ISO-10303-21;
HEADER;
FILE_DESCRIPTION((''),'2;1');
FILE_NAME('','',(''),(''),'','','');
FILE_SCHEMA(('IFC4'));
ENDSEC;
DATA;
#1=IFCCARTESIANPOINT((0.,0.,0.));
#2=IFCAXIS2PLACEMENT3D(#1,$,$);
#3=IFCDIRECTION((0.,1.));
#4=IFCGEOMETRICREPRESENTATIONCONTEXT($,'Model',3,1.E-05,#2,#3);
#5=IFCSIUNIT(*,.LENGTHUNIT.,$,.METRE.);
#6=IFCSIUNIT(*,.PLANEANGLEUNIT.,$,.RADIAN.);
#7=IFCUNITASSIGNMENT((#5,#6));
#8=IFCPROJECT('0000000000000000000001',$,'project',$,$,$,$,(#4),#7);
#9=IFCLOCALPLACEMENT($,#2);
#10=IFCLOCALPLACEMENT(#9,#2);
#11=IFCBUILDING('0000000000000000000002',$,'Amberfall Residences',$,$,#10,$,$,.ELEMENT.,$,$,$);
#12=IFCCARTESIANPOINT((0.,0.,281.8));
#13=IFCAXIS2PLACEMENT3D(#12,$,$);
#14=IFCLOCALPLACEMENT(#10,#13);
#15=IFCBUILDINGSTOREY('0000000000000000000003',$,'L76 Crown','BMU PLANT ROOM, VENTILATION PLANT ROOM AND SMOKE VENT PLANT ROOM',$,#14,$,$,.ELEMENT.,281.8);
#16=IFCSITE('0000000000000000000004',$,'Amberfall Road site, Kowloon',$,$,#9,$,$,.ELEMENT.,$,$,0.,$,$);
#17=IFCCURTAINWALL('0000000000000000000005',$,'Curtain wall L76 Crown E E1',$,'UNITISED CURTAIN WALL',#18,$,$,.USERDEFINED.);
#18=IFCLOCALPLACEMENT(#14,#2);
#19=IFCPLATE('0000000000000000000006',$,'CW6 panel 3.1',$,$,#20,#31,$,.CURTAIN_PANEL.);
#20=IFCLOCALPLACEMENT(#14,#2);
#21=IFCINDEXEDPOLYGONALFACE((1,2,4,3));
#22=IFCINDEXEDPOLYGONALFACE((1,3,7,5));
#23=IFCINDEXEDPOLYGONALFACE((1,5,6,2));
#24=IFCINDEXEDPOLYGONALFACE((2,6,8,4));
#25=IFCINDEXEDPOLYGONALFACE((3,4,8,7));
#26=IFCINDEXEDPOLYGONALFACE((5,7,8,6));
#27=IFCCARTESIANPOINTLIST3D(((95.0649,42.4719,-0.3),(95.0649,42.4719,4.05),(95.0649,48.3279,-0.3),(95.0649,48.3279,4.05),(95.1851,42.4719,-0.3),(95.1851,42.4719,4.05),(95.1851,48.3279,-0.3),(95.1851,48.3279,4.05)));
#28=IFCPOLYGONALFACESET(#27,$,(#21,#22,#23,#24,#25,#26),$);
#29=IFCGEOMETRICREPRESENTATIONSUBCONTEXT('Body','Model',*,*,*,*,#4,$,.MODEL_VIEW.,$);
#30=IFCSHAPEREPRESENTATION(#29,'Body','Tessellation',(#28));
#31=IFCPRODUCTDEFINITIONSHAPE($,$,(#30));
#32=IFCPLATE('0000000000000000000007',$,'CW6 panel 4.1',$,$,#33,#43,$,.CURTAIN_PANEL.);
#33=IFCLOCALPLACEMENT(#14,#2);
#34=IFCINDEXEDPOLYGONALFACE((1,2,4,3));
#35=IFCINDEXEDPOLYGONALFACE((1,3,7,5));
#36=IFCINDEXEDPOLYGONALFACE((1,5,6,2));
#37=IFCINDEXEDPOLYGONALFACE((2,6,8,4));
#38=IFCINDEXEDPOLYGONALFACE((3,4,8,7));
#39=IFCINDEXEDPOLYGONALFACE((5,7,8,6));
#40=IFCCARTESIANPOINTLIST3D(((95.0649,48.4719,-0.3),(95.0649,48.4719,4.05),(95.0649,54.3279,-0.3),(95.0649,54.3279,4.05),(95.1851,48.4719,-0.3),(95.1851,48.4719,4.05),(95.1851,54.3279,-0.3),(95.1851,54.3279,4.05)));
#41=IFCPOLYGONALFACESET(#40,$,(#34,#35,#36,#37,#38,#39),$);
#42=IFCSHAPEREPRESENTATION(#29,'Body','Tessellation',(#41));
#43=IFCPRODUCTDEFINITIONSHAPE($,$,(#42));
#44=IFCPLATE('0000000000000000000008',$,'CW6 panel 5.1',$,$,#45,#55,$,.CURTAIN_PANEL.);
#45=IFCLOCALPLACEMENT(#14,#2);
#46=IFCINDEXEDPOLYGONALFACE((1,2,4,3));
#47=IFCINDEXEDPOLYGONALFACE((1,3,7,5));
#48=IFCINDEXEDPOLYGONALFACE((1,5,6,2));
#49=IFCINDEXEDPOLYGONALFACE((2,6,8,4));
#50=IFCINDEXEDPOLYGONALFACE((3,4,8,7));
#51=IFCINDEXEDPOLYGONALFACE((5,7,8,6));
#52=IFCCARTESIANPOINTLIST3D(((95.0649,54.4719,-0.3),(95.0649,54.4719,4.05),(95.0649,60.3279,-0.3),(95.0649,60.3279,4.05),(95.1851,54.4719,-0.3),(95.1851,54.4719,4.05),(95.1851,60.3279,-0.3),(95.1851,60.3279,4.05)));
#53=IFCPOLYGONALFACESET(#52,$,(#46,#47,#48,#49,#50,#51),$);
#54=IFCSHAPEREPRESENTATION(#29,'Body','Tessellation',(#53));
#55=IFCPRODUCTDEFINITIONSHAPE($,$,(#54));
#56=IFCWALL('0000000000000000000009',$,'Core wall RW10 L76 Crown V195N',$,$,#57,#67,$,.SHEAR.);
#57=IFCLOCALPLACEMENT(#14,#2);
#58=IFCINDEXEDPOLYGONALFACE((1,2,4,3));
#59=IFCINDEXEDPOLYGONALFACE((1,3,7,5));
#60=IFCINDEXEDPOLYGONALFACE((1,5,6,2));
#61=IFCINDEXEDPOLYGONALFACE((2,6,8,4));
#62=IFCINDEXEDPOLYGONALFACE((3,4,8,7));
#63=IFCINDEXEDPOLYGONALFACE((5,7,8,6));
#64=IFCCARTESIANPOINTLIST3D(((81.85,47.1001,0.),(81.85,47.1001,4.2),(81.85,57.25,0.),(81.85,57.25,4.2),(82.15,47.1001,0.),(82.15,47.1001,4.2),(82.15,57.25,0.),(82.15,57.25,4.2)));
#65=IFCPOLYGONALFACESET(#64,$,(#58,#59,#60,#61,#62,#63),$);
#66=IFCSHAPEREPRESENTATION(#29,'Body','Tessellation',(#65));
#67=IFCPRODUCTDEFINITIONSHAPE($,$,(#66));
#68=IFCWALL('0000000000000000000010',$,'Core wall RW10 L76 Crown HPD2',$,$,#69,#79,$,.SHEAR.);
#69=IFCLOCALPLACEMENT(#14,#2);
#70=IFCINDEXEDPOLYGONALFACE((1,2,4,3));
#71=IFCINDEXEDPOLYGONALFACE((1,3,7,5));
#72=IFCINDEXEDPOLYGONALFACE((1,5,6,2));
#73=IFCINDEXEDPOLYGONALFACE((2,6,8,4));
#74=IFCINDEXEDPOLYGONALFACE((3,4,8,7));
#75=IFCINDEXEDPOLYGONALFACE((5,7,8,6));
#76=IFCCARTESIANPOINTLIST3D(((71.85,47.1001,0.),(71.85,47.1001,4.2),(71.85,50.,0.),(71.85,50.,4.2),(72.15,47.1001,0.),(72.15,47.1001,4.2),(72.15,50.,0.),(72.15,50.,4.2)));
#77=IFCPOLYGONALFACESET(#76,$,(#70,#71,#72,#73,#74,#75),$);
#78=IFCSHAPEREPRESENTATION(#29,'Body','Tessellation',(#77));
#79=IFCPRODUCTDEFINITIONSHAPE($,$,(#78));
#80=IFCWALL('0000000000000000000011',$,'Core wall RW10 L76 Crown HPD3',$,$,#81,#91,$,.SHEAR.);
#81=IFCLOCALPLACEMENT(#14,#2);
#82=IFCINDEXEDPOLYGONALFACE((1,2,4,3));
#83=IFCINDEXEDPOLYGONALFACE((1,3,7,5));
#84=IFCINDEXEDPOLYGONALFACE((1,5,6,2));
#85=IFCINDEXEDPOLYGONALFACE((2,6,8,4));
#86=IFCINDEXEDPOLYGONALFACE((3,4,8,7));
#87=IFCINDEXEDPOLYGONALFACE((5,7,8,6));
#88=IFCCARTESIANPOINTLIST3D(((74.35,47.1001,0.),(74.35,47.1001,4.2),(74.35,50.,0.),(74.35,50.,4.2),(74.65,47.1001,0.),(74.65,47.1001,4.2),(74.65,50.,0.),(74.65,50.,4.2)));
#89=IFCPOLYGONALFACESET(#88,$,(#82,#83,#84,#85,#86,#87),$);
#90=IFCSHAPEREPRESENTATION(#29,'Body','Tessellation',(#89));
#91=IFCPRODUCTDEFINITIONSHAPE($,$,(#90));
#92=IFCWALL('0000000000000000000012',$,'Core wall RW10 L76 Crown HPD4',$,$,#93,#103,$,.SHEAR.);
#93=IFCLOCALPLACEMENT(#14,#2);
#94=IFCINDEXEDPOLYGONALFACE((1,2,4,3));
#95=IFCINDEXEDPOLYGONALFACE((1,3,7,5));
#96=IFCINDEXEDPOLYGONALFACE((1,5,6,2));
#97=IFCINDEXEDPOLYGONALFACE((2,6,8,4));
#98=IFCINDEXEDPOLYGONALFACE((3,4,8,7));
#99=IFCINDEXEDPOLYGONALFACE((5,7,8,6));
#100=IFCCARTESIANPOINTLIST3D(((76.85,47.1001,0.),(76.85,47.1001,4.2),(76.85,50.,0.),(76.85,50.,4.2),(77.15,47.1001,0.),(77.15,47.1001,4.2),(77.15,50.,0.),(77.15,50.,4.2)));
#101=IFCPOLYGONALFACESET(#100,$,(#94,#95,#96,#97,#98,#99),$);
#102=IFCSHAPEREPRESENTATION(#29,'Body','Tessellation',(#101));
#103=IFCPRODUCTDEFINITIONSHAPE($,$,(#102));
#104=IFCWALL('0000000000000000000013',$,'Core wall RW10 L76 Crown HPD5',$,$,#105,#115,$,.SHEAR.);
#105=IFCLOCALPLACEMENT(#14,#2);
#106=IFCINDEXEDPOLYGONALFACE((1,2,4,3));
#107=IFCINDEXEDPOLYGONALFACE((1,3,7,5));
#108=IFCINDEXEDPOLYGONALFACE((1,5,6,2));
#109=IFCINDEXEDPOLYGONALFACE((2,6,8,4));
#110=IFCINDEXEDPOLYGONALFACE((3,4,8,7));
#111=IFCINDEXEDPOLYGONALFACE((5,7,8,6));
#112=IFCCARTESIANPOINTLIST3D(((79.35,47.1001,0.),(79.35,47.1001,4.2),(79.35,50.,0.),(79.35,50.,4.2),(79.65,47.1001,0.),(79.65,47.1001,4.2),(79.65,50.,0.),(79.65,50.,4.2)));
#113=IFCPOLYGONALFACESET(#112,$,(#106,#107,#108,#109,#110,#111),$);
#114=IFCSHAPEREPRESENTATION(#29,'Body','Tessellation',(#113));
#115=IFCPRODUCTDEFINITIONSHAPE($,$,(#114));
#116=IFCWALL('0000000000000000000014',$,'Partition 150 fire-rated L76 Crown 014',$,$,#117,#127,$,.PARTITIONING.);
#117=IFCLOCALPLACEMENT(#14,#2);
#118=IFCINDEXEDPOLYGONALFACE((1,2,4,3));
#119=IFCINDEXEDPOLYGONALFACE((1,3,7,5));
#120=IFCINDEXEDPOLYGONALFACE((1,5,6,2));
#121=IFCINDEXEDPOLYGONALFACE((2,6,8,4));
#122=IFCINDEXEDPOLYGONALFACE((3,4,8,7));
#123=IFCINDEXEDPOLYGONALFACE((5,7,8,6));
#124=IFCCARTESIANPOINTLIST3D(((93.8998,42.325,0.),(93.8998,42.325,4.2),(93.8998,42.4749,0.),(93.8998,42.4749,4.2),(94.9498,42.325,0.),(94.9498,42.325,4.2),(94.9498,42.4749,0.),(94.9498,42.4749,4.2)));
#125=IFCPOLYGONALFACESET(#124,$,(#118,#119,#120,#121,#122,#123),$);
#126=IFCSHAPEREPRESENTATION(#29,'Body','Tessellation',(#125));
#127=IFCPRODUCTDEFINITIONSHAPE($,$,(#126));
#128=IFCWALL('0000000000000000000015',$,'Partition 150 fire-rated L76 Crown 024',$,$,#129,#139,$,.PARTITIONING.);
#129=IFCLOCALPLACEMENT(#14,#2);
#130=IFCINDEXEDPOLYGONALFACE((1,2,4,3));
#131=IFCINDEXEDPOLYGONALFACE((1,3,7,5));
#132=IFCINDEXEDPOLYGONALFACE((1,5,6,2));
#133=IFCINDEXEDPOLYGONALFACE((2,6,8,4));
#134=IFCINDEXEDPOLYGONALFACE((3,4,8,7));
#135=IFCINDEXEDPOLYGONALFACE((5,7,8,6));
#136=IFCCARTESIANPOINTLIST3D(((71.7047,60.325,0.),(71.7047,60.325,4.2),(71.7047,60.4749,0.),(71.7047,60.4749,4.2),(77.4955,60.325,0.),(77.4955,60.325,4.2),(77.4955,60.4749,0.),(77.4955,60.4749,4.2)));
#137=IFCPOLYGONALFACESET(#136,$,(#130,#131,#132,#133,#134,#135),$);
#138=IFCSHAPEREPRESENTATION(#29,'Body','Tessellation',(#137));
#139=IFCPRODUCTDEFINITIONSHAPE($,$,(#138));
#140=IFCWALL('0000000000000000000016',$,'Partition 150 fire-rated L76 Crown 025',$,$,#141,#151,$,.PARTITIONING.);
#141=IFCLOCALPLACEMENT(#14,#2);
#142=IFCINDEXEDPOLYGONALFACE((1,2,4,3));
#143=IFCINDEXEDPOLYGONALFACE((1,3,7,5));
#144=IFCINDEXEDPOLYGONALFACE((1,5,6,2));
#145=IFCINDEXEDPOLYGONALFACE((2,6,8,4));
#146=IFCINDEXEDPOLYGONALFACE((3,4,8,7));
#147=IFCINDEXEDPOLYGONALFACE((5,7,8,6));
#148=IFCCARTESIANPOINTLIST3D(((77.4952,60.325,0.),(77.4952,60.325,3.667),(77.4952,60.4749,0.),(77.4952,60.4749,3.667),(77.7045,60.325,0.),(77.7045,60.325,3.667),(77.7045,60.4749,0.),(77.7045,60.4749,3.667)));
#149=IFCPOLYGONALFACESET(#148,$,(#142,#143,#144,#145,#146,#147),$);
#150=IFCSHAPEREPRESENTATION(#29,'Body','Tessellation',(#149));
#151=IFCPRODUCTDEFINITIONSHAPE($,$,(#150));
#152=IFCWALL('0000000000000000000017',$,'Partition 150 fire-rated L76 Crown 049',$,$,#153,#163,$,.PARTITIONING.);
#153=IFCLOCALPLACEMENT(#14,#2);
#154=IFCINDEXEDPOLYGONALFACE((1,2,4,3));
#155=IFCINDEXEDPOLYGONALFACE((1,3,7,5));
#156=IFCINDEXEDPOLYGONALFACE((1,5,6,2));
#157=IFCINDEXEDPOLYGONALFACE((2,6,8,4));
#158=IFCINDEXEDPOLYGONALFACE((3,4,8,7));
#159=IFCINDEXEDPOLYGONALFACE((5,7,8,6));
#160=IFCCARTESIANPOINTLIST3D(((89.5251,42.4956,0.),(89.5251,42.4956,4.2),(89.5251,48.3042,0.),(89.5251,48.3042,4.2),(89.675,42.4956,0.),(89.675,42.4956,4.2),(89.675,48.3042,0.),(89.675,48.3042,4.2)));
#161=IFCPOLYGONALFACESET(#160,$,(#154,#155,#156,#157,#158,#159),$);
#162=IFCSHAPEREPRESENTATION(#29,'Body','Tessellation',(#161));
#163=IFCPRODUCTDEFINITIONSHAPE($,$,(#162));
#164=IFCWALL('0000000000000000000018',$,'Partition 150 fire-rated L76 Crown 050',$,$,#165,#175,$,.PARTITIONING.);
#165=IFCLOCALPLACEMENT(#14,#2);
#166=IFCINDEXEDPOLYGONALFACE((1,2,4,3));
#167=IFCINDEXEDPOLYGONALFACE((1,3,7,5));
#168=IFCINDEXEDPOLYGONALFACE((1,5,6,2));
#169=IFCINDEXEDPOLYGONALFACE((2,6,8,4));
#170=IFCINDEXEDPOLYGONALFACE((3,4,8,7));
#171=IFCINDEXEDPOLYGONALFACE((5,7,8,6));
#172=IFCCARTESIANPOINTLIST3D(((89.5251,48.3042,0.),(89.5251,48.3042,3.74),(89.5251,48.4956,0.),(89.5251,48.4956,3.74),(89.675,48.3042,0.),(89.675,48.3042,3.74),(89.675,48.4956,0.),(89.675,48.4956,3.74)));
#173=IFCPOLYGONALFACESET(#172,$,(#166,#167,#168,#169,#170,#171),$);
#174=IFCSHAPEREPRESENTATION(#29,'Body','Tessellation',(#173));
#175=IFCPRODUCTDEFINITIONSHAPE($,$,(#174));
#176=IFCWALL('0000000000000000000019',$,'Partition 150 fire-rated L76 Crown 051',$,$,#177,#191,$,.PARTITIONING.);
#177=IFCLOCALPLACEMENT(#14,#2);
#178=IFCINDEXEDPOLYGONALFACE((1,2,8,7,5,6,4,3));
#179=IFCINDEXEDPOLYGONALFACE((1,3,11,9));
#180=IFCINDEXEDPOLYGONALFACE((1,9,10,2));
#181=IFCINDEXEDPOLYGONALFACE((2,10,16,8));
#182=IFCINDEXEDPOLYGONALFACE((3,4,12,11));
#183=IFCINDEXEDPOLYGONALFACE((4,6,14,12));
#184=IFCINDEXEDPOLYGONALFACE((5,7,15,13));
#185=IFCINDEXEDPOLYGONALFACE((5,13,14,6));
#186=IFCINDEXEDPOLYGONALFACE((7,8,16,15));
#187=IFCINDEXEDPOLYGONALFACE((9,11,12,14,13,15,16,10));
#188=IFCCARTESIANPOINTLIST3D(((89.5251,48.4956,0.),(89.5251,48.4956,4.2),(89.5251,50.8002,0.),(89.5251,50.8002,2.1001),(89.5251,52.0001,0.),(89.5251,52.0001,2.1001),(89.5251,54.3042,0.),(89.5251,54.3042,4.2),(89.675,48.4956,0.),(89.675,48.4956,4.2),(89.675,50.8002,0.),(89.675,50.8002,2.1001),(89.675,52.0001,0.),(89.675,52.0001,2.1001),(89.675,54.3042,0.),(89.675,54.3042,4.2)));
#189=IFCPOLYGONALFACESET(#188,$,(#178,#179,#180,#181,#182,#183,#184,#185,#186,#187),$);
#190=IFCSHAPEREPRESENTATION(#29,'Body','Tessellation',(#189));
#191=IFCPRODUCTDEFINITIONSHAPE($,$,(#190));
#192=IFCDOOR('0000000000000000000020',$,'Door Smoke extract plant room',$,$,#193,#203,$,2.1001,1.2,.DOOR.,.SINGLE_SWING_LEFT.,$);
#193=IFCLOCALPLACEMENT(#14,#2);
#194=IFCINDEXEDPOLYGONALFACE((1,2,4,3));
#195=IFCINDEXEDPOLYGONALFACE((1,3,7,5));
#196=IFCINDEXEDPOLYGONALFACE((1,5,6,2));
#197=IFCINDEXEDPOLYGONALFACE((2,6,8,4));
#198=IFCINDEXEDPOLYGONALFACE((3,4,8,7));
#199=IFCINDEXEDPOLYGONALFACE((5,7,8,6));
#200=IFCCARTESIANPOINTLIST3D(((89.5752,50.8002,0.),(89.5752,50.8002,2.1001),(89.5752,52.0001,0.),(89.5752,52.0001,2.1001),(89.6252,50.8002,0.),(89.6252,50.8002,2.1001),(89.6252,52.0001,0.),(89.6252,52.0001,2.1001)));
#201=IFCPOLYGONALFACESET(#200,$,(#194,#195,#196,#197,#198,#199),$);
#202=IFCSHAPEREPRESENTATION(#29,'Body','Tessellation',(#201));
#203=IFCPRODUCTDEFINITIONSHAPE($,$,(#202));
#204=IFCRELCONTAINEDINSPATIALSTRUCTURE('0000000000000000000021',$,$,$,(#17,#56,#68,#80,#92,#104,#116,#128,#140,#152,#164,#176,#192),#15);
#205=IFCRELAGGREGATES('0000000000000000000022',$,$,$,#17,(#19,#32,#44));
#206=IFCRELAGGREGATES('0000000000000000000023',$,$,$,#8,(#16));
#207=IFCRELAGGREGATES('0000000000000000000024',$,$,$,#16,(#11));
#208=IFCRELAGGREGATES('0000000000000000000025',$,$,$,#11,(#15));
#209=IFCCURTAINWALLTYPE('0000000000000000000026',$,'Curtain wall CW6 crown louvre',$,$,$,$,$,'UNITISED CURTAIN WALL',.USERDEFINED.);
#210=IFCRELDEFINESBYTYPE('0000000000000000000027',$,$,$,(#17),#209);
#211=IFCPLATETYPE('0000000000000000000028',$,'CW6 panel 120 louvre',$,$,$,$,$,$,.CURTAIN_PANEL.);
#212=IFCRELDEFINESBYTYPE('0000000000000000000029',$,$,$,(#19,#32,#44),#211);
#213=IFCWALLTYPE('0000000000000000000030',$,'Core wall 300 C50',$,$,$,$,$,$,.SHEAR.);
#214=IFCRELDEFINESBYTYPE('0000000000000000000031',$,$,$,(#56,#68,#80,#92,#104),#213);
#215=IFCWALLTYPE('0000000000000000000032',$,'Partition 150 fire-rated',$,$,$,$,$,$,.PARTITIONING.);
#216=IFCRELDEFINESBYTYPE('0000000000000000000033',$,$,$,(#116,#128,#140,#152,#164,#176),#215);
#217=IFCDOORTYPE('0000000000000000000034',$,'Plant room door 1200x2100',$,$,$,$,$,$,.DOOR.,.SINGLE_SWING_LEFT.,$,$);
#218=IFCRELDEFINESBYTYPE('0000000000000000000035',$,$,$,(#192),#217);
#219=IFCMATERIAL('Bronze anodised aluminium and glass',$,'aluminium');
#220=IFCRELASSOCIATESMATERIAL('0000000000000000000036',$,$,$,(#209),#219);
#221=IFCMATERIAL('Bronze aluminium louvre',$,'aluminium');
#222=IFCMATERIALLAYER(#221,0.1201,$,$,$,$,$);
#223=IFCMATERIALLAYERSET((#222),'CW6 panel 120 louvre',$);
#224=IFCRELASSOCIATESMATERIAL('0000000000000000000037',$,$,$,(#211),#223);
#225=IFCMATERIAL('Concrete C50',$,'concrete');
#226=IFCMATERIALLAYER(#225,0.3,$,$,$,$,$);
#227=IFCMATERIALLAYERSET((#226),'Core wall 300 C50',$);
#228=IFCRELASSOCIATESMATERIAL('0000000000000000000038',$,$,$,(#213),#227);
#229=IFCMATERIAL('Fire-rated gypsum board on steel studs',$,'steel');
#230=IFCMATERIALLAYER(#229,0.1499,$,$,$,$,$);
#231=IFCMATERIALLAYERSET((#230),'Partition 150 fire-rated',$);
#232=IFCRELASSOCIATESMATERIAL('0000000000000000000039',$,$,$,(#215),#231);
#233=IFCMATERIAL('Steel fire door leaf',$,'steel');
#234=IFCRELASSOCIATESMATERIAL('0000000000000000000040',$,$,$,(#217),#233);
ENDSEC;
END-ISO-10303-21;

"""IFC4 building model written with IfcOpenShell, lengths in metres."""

from ifc_helpers import new_model, si_unit, direction, frame, frame_2d, origin, origin_2d, place, context, subcontext, project, spatial, rectangle, extrude, material, layer, layer_set, type_object, element, fill, aggregate, save


model = new_model("IFC4")

# Units and contexts
model_context = context("Model", 3, precision=1e-05, world=origin(), true_north=direction((0.0, 1.0)))
body_context = subcontext(model_context, "Body", "Model", "MODEL_VIEW")
ifc_project = project(units=[si_unit("LENGTHUNIT", "METRE"), si_unit("PLANEANGLEUNIT", "RADIAN")], contexts=[model_context])

# Site, building, storey
site_placement = place(None, origin())
site = spatial("IfcSite", under=ifc_project, at=site_placement, Name="Amberfall Road site, Kowloon", CompositionType="ELEMENT", RefElevation=0.0)
building_placement = place(site_placement, origin())
building = spatial("IfcBuilding", under=site, at=building_placement, Name="Amberfall Residences", CompositionType="ELEMENT")
storey_placement = place(building_placement, frame((0.0, 0.0, 281.8)))
storey = spatial("IfcBuildingStorey", under=building, at=storey_placement, Name="L76 Crown", Description="BMU PLANT ROOM, VENTILATION PLANT ROOM AND SMOKE VENT PLANT ROOM", CompositionType="ELEMENT", Elevation=281.8)

# Shared definitions
ifc_material_1 = material(Name="Concrete C50", Category="concrete")

# Curtain wall
ifc_material_2 = material(Name="Bronze anodised aluminium and glass", Category="aluminium")
curtain_wall_type = type_object("IfcCurtainWallType", Name="Curtain wall CW6 crown louvre", ElementType="UNITISED CURTAIN WALL", PredefinedType="USERDEFINED", material=ifc_material_2)
curtain_wall_placement = place(storey_placement, origin())
curtain_wall = element("IfcCurtainWall", 1, at=curtain_wall_placement, inside=storey, type_object=curtain_wall_type, Name="Curtain wall L76 Crown E E1", ObjectType="UNITISED CURTAIN WALL", PredefinedType="USERDEFINED")

# Plates
ifc_material_3 = material(Name="Bronze aluminium louvre", Category="aluminium")
ifc_layer_1 = layer(ifc_material_3, 0.1201)
ifc_layer_set_1 = layer_set([ifc_layer_1], Name="CW6 panel 120 louvre")
plate_type = type_object("IfcPlateType", Name="CW6 panel 120 louvre", PredefinedType="CURTAIN_PANEL", material=ifc_layer_set_1)
plate_1_placement = place(storey_placement, frame((95.125, 45.3999, -0.3), z_axis=(0.0, 0.0, 1.0), x_axis=(0.0, 1.0, 0.0)))
plate_1 = element("IfcPlate", 2, at=plate_1_placement, type_object=plate_type, Name="CW6 panel 3.1", PredefinedType="CURTAIN_PANEL", context=body_context, shape_type="SweptSolid", body=[
    extrude(rectangle(XDim=5.856, YDim=0.1201, at=origin_2d()), origin(), (0.0, 0.0, 1.0), 4.3501),
])
plate_2_placement = place(storey_placement, frame((95.125, 51.3999, -0.3), z_axis=(0.0, 0.0, 1.0), x_axis=(0.0, 1.0, 0.0)))
plate_2 = element("IfcPlate", 3, at=plate_2_placement, type_object=plate_type, Name="CW6 panel 4.1", PredefinedType="CURTAIN_PANEL", context=body_context, shape_type="SweptSolid", body=[
    extrude(rectangle(XDim=5.856, YDim=0.1201, at=origin_2d()), origin(), (0.0, 0.0, 1.0), 4.3501),
])
plate_3_placement = place(storey_placement, frame((95.125, 57.3999, -0.3), z_axis=(0.0, 0.0, 1.0), x_axis=(0.0, 1.0, 0.0)))
plate_3 = element("IfcPlate", 4, at=plate_3_placement, type_object=plate_type, Name="CW6 panel 5.1", PredefinedType="CURTAIN_PANEL", context=body_context, shape_type="SweptSolid", body=[
    extrude(rectangle(XDim=5.856, YDim=0.1201, at=origin_2d()), origin(), (0.0, 0.0, 1.0), 4.3501),
])
aggregate(curtain_wall, [plate_1, plate_2, plate_3])

# Walls
ifc_layer_2 = layer(ifc_material_1, 0.3)
ifc_layer_set_2 = layer_set([ifc_layer_2], Name="Core wall 300 C50")
wall_type_1 = type_object("IfcWallType", Name="Core wall 300 C50", PredefinedType="SHEAR", material=ifc_layer_set_2)
wall_1_placement = place(storey_placement, frame((82.0, 47.1001, 0.0), z_axis=(0.0, 0.0, 1.0), x_axis=(0.0, 1.0, 0.0)))
element("IfcWall", 5, at=wall_1_placement, inside=storey, type_object=wall_type_1, Name="Core wall RW10 L76 Crown V195N", PredefinedType="SHEAR", context=body_context, shape_type="SweptSolid", body=[
    extrude(rectangle(XDim=10.1499, YDim=0.3, at=frame_2d((5.075, 0.0))), origin(), (0.0, 0.0, 1.0), 4.2),
])
for number, where, z_axis, x_axis, name in (
    (6, (72.0, 47.1001, 0.0), (0.0, 0.0, 1.0), (0.0, 1.0, 0.0), "Core wall RW10 L76 Crown HPD2"),
    (7, (74.5, 47.1001, 0.0), (0.0, 0.0, 1.0), (0.0, 1.0, 0.0), "Core wall RW10 L76 Crown HPD3"),
    (8, (77.0, 47.1001, 0.0), (0.0, 0.0, 1.0), (0.0, 1.0, 0.0), "Core wall RW10 L76 Crown HPD4"),
    (9, (79.5, 47.1001, 0.0), (0.0, 0.0, 1.0), (0.0, 1.0, 0.0), "Core wall RW10 L76 Crown HPD5"),
):
    element("IfcWall", number, at=place(storey_placement, frame(where, z_axis=z_axis, x_axis=x_axis)), inside=storey, type_object=wall_type_1, Name=name, PredefinedType="SHEAR", context=body_context, shape_type="SweptSolid", body=[
        extrude(rectangle(XDim=2.8999, YDim=0.3, at=frame_2d((1.45, 0.0))), origin(), (0.0, 0.0, 1.0), 4.2),
    ])
ifc_material_4 = material(Name="Fire-rated gypsum board on steel studs", Category="steel")
ifc_layer_3 = layer(ifc_material_4, 0.1499)
ifc_layer_set_3 = layer_set([ifc_layer_3], Name="Partition 150 fire-rated")
wall_type_2 = type_object("IfcWallType", Name="Partition 150 fire-rated", PredefinedType="PARTITIONING", material=ifc_layer_set_3)
wall_2_placement = place(storey_placement, frame((93.8999, 42.3999, 0.0), z_axis=(0.0, 0.0, 1.0), x_axis=(1.0, 0.0, 0.0)))
element("IfcWall", 10, at=wall_2_placement, inside=storey, type_object=wall_type_2, Name="Partition 150 fire-rated L76 Crown 014", PredefinedType="PARTITIONING", context=body_context, shape_type="SweptSolid", body=[
    extrude(rectangle(XDim=1.05, YDim=0.1499, at=frame_2d((0.5249, 0.0))), origin(), (0.0, 0.0, 1.0), 4.2),
])
wall_3_placement = place(storey_placement, frame((71.7046, 60.3999, 0.0), z_axis=(0.0, 0.0, 1.0), x_axis=(1.0, 0.0, 0.0)))
element("IfcWall", 11, at=wall_3_placement, inside=storey, type_object=wall_type_2, Name="Partition 150 fire-rated L76 Crown 024", PredefinedType="PARTITIONING", context=body_context, shape_type="SweptSolid", body=[
    extrude(rectangle(XDim=5.7908, YDim=0.1499, at=frame_2d((2.8955, 0.0))), origin(), (0.0, 0.0, 1.0), 4.2),
])
wall_4_placement = place(storey_placement, frame((77.4954, 60.3999, 0.0), z_axis=(0.0, 0.0, 1.0), x_axis=(1.0, 0.0, 0.0)))
element("IfcWall", 12, at=wall_4_placement, inside=storey, type_object=wall_type_2, Name="Partition 150 fire-rated L76 Crown 025", PredefinedType="PARTITIONING", context=body_context, shape_type="SweptSolid", body=[
    extrude(rectangle(XDim=0.2092, YDim=0.1499, at=frame_2d((0.1045, 0.0))), origin(), (0.0, 0.0, 1.0), 3.667),
])
wall_5_placement = place(storey_placement, frame((89.6001, 42.4956, 0.0), z_axis=(0.0, 0.0, 1.0), x_axis=(0.0, 1.0, 0.0)))
element("IfcWall", 13, at=wall_5_placement, inside=storey, type_object=wall_type_2, Name="Partition 150 fire-rated L76 Crown 049", PredefinedType="PARTITIONING", context=body_context, shape_type="SweptSolid", body=[
    extrude(rectangle(XDim=5.8086, YDim=0.1499, at=frame_2d((2.9043, 0.0))), origin(), (0.0, 0.0, 1.0), 4.2),
])
wall_6_placement = place(storey_placement, frame((89.6001, 48.3042, 0.0), z_axis=(0.0, 0.0, 1.0), x_axis=(0.0, 1.0, 0.0)))
element("IfcWall", 14, at=wall_6_placement, inside=storey, type_object=wall_type_2, Name="Partition 150 fire-rated L76 Crown 050", PredefinedType="PARTITIONING", context=body_context, shape_type="SweptSolid", body=[
    extrude(rectangle(XDim=0.1914, YDim=0.1499, at=frame_2d((0.0957, 0.0))), origin(), (0.0, 0.0, 1.0), 3.74),
])

# Wall, opening, door
wall_7_placement = place(storey_placement, frame((89.6001, 48.4956, 0.0), z_axis=(0.0, 0.0, 1.0), x_axis=(0.0, 1.0, 0.0)))
wall_7 = element("IfcWall", 15, at=wall_7_placement, inside=storey, type_object=wall_type_2, Name="Partition 150 fire-rated L76 Crown 051", PredefinedType="PARTITIONING", context=body_context, shape_type="SweptSolid", body=[
    extrude(rectangle(XDim=5.8086, YDim=0.1499, at=frame_2d((2.9043, 0.0))), origin(), (0.0, 0.0, 1.0), 4.2),
])
opening_placement = place(wall_7_placement, frame((2.3044, 0.0, 0.0)))
opening = element("IfcOpeningElement", 16, at=opening_placement, cuts=wall_7, PredefinedType="OPENING", context=body_context, shape_type="SweptSolid", body=[
    extrude(rectangle(XDim=1.2, YDim=2.1001, at=frame_2d((0.6001, 1.05))), frame((0.0, 0.085, 0.0), z_axis=(0.0, -1.0, 0.0), x_axis=(1.0, 0.0, 0.0)), (0.0, 0.0, 1.0), 0.1699),
])
ifc_material_5 = material(Name="Steel fire door leaf", Category="steel")
door_type = type_object("IfcDoorType", Name="Plant room door 1200x2100", OperationType="SINGLE_SWING_LEFT", PredefinedType="DOOR", material=ifc_material_5)
door_placement = place(opening_placement, origin())
door = element("IfcDoor", 17, at=door_placement, inside=storey, type_object=door_type, Name="Door Smoke extract plant room", OperationType="SINGLE_SWING_LEFT", OverallHeight=2.1001, OverallWidth=1.2, PredefinedType="DOOR", context=body_context, shape_type="SweptSolid", body=[
    extrude(rectangle(XDim=1.2, YDim=2.1001, at=frame_2d((0.6001, 1.05))), frame((0.0, 0.0249, 0.0), z_axis=(0.0, -1.0, 0.0), x_axis=(1.0, 0.0, 0.0)), (0.0, 0.0, 1.0), 0.05),
])
fill(opening, door)

save(model, "model.ifc")
